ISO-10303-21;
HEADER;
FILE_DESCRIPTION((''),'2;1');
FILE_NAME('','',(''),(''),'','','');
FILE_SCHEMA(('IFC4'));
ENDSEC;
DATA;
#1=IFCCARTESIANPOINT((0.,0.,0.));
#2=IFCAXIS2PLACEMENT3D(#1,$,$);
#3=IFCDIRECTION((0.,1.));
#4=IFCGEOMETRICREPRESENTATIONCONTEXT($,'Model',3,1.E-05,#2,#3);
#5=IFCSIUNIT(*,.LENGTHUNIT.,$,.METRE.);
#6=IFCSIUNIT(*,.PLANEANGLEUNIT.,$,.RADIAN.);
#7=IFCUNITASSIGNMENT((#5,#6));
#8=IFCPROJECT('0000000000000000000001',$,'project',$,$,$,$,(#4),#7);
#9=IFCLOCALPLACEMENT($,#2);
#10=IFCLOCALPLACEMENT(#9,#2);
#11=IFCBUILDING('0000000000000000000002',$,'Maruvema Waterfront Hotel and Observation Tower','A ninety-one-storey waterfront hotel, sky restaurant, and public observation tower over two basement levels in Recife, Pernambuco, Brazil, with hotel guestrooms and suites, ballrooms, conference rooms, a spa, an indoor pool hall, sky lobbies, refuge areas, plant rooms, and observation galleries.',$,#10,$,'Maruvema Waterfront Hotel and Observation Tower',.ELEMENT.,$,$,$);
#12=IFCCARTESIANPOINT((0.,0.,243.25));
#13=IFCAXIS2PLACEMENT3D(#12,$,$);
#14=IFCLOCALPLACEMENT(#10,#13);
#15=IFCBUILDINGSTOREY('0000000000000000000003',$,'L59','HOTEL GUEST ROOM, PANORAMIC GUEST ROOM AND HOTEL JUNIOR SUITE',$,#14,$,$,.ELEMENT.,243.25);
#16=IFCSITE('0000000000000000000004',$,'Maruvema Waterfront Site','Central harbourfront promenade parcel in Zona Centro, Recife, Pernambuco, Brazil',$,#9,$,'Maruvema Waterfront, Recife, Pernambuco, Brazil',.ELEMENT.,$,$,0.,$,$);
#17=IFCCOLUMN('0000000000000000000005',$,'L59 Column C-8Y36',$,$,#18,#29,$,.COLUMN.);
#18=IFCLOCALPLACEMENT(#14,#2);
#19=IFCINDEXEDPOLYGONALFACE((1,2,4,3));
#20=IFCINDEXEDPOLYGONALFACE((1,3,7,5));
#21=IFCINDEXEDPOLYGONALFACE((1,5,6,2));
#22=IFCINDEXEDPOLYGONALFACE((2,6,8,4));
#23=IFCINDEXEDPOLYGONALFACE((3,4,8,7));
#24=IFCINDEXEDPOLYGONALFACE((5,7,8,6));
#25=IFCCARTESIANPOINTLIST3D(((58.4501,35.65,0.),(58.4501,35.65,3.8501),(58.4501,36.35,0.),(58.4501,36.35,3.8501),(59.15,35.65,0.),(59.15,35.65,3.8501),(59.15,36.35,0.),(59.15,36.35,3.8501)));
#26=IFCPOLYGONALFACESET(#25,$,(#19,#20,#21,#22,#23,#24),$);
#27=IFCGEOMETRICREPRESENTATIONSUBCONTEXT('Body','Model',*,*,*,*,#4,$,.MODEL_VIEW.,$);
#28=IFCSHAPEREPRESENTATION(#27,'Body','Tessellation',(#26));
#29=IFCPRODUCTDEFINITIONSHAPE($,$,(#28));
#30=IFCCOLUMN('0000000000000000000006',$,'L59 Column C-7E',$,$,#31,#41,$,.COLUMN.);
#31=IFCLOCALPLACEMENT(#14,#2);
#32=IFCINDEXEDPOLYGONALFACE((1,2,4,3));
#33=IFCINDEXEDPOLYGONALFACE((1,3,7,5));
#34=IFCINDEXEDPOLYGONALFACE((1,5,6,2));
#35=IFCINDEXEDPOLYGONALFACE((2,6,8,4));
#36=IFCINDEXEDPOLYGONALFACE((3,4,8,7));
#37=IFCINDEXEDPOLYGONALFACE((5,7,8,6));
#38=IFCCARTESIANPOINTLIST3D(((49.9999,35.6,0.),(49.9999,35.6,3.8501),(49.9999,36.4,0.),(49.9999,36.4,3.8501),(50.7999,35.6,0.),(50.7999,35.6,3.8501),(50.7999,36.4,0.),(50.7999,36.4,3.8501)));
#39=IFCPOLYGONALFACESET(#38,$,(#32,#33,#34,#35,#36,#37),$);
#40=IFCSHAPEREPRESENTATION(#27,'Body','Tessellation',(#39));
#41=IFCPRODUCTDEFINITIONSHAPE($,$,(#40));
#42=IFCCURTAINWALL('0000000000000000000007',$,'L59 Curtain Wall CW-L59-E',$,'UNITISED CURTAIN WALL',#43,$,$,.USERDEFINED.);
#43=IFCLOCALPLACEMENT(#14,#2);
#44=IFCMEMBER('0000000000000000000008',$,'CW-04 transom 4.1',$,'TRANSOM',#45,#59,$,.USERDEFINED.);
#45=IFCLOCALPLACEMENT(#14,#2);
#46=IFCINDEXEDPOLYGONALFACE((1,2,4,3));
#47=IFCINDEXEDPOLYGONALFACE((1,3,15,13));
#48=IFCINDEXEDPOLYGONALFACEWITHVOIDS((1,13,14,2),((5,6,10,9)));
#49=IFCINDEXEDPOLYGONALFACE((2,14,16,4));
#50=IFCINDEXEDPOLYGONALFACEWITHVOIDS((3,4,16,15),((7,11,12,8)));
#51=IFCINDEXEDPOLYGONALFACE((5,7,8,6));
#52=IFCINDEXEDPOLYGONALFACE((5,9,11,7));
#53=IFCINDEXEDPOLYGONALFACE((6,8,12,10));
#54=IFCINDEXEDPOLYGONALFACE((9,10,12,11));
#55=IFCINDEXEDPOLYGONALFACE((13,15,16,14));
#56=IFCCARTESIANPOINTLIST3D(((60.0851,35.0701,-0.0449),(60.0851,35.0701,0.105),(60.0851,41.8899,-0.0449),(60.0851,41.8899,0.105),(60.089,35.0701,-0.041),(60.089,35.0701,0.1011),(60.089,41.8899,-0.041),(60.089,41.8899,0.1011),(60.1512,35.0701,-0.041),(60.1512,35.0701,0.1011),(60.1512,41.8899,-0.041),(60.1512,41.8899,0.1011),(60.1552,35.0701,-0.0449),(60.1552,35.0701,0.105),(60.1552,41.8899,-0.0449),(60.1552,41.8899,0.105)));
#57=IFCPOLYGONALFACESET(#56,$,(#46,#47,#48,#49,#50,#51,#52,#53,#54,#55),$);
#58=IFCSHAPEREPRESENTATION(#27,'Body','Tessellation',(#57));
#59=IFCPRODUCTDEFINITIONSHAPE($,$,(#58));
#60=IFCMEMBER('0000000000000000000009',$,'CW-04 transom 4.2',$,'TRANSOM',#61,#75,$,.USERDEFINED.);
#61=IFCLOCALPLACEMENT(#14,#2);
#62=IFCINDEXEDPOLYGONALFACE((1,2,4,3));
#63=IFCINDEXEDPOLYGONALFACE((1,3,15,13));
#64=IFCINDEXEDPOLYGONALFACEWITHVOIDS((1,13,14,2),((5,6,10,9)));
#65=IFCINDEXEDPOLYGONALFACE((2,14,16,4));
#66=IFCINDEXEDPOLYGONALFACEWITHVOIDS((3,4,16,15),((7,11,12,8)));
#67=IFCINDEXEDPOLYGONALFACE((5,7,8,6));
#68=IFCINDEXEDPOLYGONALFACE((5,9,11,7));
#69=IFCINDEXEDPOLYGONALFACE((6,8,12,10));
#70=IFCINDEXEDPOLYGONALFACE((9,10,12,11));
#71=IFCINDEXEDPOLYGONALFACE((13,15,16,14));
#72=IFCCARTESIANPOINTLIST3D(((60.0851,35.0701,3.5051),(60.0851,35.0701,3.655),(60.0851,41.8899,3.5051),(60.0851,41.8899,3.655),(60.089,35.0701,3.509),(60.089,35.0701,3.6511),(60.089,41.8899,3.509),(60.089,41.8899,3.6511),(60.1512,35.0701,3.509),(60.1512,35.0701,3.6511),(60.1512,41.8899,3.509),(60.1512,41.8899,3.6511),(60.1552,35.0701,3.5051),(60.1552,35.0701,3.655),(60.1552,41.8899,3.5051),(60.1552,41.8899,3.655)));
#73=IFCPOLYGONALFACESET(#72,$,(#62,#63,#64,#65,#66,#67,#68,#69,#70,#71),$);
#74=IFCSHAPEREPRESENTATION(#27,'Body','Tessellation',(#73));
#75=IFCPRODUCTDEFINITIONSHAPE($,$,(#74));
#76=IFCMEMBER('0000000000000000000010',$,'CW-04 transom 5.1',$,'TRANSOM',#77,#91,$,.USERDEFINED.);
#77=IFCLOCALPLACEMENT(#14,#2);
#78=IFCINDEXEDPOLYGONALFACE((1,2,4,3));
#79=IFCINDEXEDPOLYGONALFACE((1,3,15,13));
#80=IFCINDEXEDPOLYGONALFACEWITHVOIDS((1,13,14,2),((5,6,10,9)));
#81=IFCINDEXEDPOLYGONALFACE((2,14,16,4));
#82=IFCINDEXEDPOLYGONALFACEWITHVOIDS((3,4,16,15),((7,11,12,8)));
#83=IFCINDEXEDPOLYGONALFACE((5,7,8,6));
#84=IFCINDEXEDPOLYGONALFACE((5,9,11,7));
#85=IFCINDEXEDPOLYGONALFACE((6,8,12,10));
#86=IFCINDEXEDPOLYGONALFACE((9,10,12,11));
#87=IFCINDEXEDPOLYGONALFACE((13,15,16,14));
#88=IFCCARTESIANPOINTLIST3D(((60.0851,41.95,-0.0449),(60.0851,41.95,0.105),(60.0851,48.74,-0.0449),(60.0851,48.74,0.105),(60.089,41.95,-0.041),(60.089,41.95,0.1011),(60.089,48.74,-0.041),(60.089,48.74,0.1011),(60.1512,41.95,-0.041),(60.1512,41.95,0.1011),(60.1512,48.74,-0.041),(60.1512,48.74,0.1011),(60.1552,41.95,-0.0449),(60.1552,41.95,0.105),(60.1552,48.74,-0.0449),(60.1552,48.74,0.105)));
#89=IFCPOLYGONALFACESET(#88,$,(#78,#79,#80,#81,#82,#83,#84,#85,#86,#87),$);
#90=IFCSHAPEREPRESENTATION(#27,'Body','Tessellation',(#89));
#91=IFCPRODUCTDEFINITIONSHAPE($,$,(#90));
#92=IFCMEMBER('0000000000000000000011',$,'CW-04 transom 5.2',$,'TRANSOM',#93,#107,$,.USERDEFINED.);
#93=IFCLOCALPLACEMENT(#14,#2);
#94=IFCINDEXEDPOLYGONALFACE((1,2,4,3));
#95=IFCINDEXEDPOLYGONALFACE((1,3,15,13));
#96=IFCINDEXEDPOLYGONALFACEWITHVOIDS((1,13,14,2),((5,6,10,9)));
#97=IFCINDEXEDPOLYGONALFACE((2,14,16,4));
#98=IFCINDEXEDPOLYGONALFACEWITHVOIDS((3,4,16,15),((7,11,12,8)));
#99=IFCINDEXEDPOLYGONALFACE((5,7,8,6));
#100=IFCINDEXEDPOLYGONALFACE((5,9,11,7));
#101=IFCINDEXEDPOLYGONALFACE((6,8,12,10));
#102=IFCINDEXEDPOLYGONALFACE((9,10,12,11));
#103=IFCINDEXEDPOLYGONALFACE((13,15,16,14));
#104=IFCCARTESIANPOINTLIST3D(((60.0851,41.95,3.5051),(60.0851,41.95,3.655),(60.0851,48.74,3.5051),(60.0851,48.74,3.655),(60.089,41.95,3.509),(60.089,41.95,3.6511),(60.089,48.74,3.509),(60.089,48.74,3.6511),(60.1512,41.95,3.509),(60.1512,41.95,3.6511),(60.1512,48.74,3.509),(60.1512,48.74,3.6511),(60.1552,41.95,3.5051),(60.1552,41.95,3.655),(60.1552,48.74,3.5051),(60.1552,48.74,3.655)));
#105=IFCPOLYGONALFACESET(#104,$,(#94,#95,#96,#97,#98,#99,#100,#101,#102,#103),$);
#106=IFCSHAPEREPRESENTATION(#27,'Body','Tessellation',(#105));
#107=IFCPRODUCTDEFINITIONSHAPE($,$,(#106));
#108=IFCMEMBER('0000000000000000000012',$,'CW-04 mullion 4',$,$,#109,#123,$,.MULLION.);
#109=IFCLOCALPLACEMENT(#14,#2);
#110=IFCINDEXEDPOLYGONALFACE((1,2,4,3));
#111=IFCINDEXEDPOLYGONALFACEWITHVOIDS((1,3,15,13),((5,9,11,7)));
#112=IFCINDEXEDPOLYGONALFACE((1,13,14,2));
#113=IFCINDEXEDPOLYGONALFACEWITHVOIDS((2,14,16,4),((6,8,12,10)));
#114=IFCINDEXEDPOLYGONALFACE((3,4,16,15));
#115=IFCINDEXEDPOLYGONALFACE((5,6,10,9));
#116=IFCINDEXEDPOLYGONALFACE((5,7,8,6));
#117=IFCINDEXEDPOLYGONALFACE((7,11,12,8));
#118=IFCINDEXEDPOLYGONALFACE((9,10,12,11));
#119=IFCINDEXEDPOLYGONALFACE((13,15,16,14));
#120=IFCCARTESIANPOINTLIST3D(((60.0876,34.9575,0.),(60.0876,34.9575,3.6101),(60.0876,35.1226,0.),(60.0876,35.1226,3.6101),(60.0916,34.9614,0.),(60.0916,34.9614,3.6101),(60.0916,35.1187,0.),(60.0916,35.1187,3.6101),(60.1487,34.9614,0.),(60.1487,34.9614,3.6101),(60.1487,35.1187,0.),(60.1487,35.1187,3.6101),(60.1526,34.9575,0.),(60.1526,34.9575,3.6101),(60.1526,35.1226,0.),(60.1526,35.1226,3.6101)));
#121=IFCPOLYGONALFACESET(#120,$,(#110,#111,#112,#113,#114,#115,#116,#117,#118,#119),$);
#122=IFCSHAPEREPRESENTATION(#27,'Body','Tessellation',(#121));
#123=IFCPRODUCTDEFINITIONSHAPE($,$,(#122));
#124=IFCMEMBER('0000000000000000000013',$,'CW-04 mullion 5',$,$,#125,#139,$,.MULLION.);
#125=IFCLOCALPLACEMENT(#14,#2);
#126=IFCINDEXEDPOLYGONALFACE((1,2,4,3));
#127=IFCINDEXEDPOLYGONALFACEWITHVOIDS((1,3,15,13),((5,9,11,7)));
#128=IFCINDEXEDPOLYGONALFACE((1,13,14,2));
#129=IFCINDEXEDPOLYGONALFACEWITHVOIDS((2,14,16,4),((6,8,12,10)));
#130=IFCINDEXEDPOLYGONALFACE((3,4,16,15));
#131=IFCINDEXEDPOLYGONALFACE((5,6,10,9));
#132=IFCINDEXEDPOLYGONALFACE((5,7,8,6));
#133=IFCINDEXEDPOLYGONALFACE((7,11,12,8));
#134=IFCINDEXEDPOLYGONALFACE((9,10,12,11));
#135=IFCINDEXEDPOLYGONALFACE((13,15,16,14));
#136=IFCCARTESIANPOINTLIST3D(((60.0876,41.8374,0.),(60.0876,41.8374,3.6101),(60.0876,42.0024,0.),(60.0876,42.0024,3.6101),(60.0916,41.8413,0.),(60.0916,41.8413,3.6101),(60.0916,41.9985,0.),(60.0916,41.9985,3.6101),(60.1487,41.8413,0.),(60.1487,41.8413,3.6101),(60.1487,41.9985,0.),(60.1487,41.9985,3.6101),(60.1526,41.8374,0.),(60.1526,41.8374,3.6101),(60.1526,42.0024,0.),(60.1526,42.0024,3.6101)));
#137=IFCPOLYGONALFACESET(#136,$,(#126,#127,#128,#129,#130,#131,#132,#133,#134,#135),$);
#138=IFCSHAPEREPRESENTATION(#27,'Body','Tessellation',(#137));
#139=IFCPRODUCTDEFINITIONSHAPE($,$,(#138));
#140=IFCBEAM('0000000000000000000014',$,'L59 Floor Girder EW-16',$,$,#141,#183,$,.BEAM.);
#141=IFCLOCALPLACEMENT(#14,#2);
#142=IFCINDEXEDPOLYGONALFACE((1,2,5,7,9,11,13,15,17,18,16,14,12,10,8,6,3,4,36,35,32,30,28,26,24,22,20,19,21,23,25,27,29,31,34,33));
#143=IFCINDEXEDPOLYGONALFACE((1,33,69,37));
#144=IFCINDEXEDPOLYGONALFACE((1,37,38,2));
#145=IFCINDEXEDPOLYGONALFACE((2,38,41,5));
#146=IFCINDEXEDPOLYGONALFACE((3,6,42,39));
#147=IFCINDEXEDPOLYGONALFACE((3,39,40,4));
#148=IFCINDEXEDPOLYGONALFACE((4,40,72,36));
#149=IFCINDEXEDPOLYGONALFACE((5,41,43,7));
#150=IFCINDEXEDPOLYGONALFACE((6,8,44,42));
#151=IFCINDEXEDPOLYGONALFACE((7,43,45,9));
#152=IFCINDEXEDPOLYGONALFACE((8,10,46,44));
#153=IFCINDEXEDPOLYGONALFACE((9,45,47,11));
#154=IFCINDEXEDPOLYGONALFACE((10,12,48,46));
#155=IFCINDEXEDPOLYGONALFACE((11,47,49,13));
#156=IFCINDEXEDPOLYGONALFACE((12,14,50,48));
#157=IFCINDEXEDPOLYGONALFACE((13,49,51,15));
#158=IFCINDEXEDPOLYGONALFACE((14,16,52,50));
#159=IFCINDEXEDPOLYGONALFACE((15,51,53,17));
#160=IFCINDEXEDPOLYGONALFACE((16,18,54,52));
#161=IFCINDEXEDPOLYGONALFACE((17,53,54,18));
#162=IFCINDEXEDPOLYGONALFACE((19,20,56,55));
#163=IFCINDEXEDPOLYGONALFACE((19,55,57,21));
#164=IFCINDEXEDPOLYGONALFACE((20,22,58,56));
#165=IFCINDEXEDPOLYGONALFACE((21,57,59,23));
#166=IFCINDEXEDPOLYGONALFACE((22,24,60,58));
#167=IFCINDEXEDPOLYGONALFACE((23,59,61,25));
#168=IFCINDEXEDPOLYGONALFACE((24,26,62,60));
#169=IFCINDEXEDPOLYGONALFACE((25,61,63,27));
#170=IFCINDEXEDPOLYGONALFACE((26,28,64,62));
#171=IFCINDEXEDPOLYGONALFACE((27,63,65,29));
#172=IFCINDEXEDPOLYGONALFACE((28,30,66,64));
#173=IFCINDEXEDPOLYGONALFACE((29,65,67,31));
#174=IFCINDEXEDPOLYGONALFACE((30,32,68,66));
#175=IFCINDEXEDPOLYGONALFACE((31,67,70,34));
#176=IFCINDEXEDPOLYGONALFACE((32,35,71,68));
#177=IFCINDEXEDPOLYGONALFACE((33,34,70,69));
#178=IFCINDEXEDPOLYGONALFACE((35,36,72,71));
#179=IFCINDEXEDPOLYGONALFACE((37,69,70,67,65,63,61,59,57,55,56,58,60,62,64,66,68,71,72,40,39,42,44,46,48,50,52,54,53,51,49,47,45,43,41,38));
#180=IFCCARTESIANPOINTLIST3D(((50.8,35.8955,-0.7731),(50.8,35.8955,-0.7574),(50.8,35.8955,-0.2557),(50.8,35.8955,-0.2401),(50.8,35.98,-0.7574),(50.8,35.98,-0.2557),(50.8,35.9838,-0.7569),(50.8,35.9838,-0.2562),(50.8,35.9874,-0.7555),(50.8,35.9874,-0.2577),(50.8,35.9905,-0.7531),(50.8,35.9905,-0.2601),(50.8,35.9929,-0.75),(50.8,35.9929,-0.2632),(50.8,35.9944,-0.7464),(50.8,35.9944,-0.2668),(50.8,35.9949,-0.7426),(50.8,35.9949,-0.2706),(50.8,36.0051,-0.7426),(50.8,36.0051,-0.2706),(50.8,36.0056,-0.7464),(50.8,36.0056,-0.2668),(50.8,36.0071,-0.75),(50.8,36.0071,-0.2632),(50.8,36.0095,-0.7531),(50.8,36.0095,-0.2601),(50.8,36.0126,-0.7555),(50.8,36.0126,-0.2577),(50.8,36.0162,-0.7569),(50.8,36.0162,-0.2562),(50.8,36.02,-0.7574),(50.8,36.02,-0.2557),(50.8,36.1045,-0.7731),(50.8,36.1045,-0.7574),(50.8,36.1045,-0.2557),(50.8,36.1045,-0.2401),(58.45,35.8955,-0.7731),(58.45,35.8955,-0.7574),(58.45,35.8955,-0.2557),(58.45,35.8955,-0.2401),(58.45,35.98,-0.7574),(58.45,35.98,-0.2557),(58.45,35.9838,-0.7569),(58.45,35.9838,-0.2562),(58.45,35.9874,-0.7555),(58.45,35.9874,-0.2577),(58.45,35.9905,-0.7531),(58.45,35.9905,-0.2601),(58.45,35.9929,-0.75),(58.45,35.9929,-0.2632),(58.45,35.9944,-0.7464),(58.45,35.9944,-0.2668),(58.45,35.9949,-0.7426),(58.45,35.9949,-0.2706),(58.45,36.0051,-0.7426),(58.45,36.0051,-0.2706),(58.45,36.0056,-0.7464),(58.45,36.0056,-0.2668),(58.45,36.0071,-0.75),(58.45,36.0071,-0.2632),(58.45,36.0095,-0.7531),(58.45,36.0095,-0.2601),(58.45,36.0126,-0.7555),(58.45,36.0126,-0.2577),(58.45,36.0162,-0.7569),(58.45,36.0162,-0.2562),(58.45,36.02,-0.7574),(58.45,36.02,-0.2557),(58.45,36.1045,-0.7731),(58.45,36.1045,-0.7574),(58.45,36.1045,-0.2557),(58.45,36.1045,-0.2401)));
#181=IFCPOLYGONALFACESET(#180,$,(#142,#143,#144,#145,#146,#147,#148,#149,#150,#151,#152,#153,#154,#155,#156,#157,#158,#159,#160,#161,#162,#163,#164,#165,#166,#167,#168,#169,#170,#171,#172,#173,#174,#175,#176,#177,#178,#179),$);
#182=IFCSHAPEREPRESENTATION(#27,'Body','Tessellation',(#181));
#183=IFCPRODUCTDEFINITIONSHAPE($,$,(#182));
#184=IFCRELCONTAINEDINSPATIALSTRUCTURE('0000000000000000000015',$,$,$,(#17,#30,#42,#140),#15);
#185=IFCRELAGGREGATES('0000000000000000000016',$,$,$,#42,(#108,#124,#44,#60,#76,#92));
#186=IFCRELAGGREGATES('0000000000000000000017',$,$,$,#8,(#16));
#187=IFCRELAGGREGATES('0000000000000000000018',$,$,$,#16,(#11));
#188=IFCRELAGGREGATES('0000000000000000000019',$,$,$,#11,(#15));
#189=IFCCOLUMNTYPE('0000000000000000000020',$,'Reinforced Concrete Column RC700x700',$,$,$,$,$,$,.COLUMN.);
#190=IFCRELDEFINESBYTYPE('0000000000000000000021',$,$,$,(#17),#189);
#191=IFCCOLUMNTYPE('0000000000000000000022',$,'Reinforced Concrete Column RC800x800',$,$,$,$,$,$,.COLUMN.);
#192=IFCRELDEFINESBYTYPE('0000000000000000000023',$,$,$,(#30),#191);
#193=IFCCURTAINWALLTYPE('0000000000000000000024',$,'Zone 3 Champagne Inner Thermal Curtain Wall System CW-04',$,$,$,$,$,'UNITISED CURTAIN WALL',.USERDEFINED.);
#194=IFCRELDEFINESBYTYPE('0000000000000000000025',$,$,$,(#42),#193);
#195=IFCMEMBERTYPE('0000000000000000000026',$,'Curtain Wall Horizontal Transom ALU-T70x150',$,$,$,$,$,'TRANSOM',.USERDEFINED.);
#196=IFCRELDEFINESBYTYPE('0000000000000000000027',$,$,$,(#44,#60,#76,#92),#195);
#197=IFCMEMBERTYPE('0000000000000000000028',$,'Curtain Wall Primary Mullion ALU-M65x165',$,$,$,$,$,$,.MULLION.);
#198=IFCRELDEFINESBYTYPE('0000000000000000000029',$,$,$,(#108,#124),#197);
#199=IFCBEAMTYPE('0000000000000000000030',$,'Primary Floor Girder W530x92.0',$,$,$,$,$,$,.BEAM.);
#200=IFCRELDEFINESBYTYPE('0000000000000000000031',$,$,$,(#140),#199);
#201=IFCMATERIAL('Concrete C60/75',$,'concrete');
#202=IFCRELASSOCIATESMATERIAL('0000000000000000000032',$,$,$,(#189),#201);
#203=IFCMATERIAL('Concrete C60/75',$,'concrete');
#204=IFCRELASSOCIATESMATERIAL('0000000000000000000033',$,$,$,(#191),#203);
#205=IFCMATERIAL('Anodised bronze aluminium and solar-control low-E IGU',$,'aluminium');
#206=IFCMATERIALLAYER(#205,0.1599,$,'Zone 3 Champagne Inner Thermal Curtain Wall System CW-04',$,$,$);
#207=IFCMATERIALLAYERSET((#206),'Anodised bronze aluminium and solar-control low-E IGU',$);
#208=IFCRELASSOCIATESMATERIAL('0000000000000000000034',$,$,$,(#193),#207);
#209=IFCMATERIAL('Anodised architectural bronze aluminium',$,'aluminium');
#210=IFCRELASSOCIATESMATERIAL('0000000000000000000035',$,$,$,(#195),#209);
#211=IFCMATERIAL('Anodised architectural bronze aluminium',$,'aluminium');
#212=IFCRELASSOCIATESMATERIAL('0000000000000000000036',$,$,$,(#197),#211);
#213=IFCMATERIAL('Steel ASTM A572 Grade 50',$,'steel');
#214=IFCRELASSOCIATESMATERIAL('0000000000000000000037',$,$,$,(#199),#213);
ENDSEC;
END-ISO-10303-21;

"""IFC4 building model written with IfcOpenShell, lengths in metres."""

from ifc_helpers import new_model, si_unit, direction, frame, origin, origin_2d, place, context, subcontext, project, spatial, rectangle, hollow_rectangle, i_section, extrude, material, layer, layer_set, material_profile, profile_set, type_object, element, aggregate, save


model = new_model("IFC4")

# Units and contexts
model_context = context("Model", 3, precision=1e-05, world=origin(), true_north=direction((0.0, 1.0)))
body_context = subcontext(model_context, "Body", "Model", "MODEL_VIEW")
ifc_project = project(units=[si_unit("LENGTHUNIT", "METRE"), si_unit("PLANEANGLEUNIT", "RADIAN")], contexts=[model_context])

# Site, building, storey
site_placement = place(None, origin())
site = spatial("IfcSite", under=ifc_project, at=site_placement, Name="Maruvema Waterfront Site", Description="Central harbourfront promenade parcel in Zona Centro, Recife, Pernambuco, Brazil", LongName="Maruvema Waterfront, Recife, Pernambuco, Brazil", CompositionType="ELEMENT", RefElevation=0.0)
building_placement = place(site_placement, origin())
building = spatial("IfcBuilding", under=site, at=building_placement, Name="Maruvema Waterfront Hotel and Observation Tower", Description="A ninety-one-storey waterfront hotel, sky restaurant, and public observation tower over two basement levels in Recife, Pernambuco, Brazil, with hotel guestrooms and suites, ballrooms, conference rooms, a spa, an indoor pool hall, sky lobbies, refuge areas, plant rooms, and observation galleries.", LongName="Maruvema Waterfront Hotel and Observation Tower", CompositionType="ELEMENT")
storey_placement = place(building_placement, frame((0.0, 0.0, 243.25)))
storey = spatial("IfcBuildingStorey", under=building, at=storey_placement, Name="L59", Description="HOTEL GUEST ROOM, PANORAMIC GUEST ROOM AND HOTEL JUNIOR SUITE", CompositionType="ELEMENT", Elevation=243.25)

# Columns
ifc_material_1 = material(Name="Concrete C60/75", Category="concrete")
ifc_material_profile_1 = material_profile(ifc_material_1, rectangle(XDim=0.7, YDim=0.7, at=origin_2d()), Name="RC700x700")
ifc_profile_set_1 = profile_set([ifc_material_profile_1], Name="Concrete C60/75")
column_type_1 = type_object("IfcColumnType", Name="Reinforced Concrete Column RC700x700", PredefinedType="COLUMN", material=ifc_profile_set_1)
column_1_placement = place(storey_placement, frame((58.8, 36.0, 0.0), z_axis=(0.0, 0.0, 1.0), x_axis=(1.0, 0.0, 0.0)))
element("IfcColumn", 1, at=column_1_placement, inside=storey, type_object=column_type_1, Name="L59 Column C-8Y36", PredefinedType="COLUMN", context=body_context, shape_type="SweptSolid", body=[
    extrude(rectangle(XDim=0.7, YDim=0.7, at=origin_2d()), origin(), (0.0, 0.0, 1.0), 3.8501),
])
ifc_material_2 = material(Name="Concrete C60/75", Category="concrete")
ifc_material_profile_2 = material_profile(ifc_material_2, rectangle(XDim=0.8, YDim=0.8, at=origin_2d()), Name="RC800x800")
ifc_profile_set_2 = profile_set([ifc_material_profile_2], Name="Concrete C60/75")
column_type_2 = type_object("IfcColumnType", Name="Reinforced Concrete Column RC800x800", PredefinedType="COLUMN", material=ifc_profile_set_2)
column_2_placement = place(storey_placement, frame((50.3999, 36.0, 0.0), z_axis=(0.0, 0.0, 1.0), x_axis=(1.0, 0.0, 0.0)))
element("IfcColumn", 2, at=column_2_placement, inside=storey, type_object=column_type_2, Name="L59 Column C-7E", PredefinedType="COLUMN", context=body_context, shape_type="SweptSolid", body=[
    extrude(rectangle(XDim=0.8, YDim=0.8, at=origin_2d()), origin(), (0.0, 0.0, 1.0), 3.8501),
])

# Curtain wall, members
ifc_material_3 = material(Name="Anodised bronze aluminium and solar-control low-E IGU", Category="aluminium")
ifc_layer_1 = layer(ifc_material_3, 0.1599, Name="Zone 3 Champagne Inner Thermal Curtain Wall System CW-04")
ifc_layer_set_1 = layer_set([ifc_layer_1], Name="Anodised bronze aluminium and solar-control low-E IGU")
curtain_wall_type = type_object("IfcCurtainWallType", Name="Zone 3 Champagne Inner Thermal Curtain Wall System CW-04", ElementType="UNITISED CURTAIN WALL", PredefinedType="USERDEFINED", material=ifc_layer_set_1)
curtain_wall_placement = place(storey_placement, origin())
curtain_wall = element("IfcCurtainWall", 3, at=curtain_wall_placement, inside=storey, type_object=curtain_wall_type, Name="L59 Curtain Wall CW-L59-E", ObjectType="UNITISED CURTAIN WALL", PredefinedType="USERDEFINED")
ifc_material_4 = material(Name="Anodised architectural bronze aluminium", Category="aluminium")
ifc_material_profile_3 = material_profile(ifc_material_4, hollow_rectangle(XDim=0.0701, YDim=0.1499, WallThickness=0.0039, at=origin_2d()), Name="ALU-T70x150")
ifc_profile_set_3 = profile_set([ifc_material_profile_3], Name="Anodised architectural bronze aluminium")
member_type_1 = type_object("IfcMemberType", Name="Curtain Wall Horizontal Transom ALU-T70x150", ElementType="TRANSOM", PredefinedType="USERDEFINED", material=ifc_profile_set_3)
member_1_placement = place(storey_placement, frame((60.1201, 35.0701, 0.03), z_axis=(0.0, 1.0, 0.0), x_axis=(-1.0, 0.0, 0.0)))
member_1 = element("IfcMember", 4, at=member_1_placement, type_object=member_type_1, Name="CW-04 transom 4.1", ObjectType="TRANSOM", PredefinedType="USERDEFINED", context=body_context, shape_type="SweptSolid", body=[
    extrude(hollow_rectangle(XDim=0.0701, YDim=0.1499, WallThickness=0.0039, at=origin_2d()), origin(), (0.0, 0.0, 1.0), 6.8198),
])
member_2_placement = place(storey_placement, frame((60.1201, 35.0701, 3.5801), z_axis=(0.0, 1.0, 0.0), x_axis=(-1.0, 0.0, 0.0)))
member_2 = element("IfcMember", 5, at=member_2_placement, type_object=member_type_1, Name="CW-04 transom 4.2", ObjectType="TRANSOM", PredefinedType="USERDEFINED", context=body_context, shape_type="SweptSolid", body=[
    extrude(hollow_rectangle(XDim=0.0701, YDim=0.1499, WallThickness=0.0039, at=origin_2d()), origin(), (0.0, 0.0, 1.0), 6.8198),
])
member_3_placement = place(storey_placement, frame((60.1201, 41.95, 0.03), z_axis=(0.0, 1.0, 0.0), x_axis=(-1.0, 0.0, 0.0)))
member_3 = element("IfcMember", 6, at=member_3_placement, type_object=member_type_1, Name="CW-04 transom 5.1", ObjectType="TRANSOM", PredefinedType="USERDEFINED", context=body_context, shape_type="SweptSolid", body=[
    extrude(hollow_rectangle(XDim=0.0701, YDim=0.1499, WallThickness=0.0039, at=origin_2d()), origin(), (0.0, 0.0, 1.0), 6.79),
])
member_4_placement = place(storey_placement, frame((60.1201, 41.95, 3.5801), z_axis=(0.0, 1.0, 0.0), x_axis=(-1.0, 0.0, 0.0)))
member_4 = element("IfcMember", 7, at=member_4_placement, type_object=member_type_1, Name="CW-04 transom 5.2", ObjectType="TRANSOM", PredefinedType="USERDEFINED", context=body_context, shape_type="SweptSolid", body=[
    extrude(hollow_rectangle(XDim=0.0701, YDim=0.1499, WallThickness=0.0039, at=origin_2d()), origin(), (0.0, 0.0, 1.0), 6.79),
])
ifc_material_5 = material(Name="Anodised architectural bronze aluminium", Category="aluminium")
ifc_material_profile_4 = material_profile(ifc_material_5, hollow_rectangle(XDim=0.0649, YDim=0.165, WallThickness=0.0039, at=origin_2d()), Name="ALU-M65x165")
ifc_profile_set_4 = profile_set([ifc_material_profile_4], Name="Anodised architectural bronze aluminium")
member_type_2 = type_object("IfcMemberType", Name="Curtain Wall Primary Mullion ALU-M65x165", PredefinedType="MULLION", material=ifc_profile_set_4)
member_5_placement = place(storey_placement, frame((60.1201, 35.04, 0.0), z_axis=(0.0, 0.0, 1.0), x_axis=(-1.0, 0.0, 0.0)))
member_5 = element("IfcMember", 8, at=member_5_placement, type_object=member_type_2, Name="CW-04 mullion 4", PredefinedType="MULLION", context=body_context, shape_type="SweptSolid", body=[
    extrude(hollow_rectangle(XDim=0.0649, YDim=0.165, WallThickness=0.0039, at=origin_2d()), origin(), (0.0, 0.0, 1.0), 3.6101),
])
member_6_placement = place(storey_placement, frame((60.1201, 41.9199, 0.0), z_axis=(0.0, 0.0, 1.0), x_axis=(-1.0, 0.0, 0.0)))
member_6 = element("IfcMember", 9, at=member_6_placement, type_object=member_type_2, Name="CW-04 mullion 5", PredefinedType="MULLION", context=body_context, shape_type="SweptSolid", body=[
    extrude(hollow_rectangle(XDim=0.0649, YDim=0.165, WallThickness=0.0039, at=origin_2d()), origin(), (0.0, 0.0, 1.0), 3.6101),
])

# Beam
ifc_material_6 = material(Name="Steel ASTM A572 Grade 50", Category="steel")
ifc_material_profile_5 = material_profile(ifc_material_6, i_section(OverallWidth=0.209, OverallDepth=0.533, WebThickness=0.0103, FlangeThickness=0.0156, FilletRadius=0.0149, at=origin_2d()), Name="W530x92.0")
ifc_profile_set_5 = profile_set([ifc_material_profile_5], Name="Steel ASTM A572 Grade 50")
beam_type_1 = type_object("IfcBeamType", Name="Primary Floor Girder W530x92.0", PredefinedType="BEAM", material=ifc_profile_set_5)
beam_1_placement = place(storey_placement, frame((50.8, 36.0, -0.5066), z_axis=(1.0, 0.0, 0.0), x_axis=(0.0, 1.0, 0.0)))
element("IfcBeam", 10, at=beam_1_placement, inside=storey, type_object=beam_type_1, Name="L59 Floor Girder EW-16", PredefinedType="BEAM", context=body_context, shape_type="SweptSolid", body=[
    extrude(i_section(OverallWidth=0.209, OverallDepth=0.533, WebThickness=0.0103, FlangeThickness=0.0156, FilletRadius=0.0149, at=origin_2d()), origin(), (0.0, 0.0, 1.0), 7.6499),
])

aggregate(curtain_wall, [member_5, member_6, member_1, member_2, member_3, member_4])

save(model, "model.ifc")
